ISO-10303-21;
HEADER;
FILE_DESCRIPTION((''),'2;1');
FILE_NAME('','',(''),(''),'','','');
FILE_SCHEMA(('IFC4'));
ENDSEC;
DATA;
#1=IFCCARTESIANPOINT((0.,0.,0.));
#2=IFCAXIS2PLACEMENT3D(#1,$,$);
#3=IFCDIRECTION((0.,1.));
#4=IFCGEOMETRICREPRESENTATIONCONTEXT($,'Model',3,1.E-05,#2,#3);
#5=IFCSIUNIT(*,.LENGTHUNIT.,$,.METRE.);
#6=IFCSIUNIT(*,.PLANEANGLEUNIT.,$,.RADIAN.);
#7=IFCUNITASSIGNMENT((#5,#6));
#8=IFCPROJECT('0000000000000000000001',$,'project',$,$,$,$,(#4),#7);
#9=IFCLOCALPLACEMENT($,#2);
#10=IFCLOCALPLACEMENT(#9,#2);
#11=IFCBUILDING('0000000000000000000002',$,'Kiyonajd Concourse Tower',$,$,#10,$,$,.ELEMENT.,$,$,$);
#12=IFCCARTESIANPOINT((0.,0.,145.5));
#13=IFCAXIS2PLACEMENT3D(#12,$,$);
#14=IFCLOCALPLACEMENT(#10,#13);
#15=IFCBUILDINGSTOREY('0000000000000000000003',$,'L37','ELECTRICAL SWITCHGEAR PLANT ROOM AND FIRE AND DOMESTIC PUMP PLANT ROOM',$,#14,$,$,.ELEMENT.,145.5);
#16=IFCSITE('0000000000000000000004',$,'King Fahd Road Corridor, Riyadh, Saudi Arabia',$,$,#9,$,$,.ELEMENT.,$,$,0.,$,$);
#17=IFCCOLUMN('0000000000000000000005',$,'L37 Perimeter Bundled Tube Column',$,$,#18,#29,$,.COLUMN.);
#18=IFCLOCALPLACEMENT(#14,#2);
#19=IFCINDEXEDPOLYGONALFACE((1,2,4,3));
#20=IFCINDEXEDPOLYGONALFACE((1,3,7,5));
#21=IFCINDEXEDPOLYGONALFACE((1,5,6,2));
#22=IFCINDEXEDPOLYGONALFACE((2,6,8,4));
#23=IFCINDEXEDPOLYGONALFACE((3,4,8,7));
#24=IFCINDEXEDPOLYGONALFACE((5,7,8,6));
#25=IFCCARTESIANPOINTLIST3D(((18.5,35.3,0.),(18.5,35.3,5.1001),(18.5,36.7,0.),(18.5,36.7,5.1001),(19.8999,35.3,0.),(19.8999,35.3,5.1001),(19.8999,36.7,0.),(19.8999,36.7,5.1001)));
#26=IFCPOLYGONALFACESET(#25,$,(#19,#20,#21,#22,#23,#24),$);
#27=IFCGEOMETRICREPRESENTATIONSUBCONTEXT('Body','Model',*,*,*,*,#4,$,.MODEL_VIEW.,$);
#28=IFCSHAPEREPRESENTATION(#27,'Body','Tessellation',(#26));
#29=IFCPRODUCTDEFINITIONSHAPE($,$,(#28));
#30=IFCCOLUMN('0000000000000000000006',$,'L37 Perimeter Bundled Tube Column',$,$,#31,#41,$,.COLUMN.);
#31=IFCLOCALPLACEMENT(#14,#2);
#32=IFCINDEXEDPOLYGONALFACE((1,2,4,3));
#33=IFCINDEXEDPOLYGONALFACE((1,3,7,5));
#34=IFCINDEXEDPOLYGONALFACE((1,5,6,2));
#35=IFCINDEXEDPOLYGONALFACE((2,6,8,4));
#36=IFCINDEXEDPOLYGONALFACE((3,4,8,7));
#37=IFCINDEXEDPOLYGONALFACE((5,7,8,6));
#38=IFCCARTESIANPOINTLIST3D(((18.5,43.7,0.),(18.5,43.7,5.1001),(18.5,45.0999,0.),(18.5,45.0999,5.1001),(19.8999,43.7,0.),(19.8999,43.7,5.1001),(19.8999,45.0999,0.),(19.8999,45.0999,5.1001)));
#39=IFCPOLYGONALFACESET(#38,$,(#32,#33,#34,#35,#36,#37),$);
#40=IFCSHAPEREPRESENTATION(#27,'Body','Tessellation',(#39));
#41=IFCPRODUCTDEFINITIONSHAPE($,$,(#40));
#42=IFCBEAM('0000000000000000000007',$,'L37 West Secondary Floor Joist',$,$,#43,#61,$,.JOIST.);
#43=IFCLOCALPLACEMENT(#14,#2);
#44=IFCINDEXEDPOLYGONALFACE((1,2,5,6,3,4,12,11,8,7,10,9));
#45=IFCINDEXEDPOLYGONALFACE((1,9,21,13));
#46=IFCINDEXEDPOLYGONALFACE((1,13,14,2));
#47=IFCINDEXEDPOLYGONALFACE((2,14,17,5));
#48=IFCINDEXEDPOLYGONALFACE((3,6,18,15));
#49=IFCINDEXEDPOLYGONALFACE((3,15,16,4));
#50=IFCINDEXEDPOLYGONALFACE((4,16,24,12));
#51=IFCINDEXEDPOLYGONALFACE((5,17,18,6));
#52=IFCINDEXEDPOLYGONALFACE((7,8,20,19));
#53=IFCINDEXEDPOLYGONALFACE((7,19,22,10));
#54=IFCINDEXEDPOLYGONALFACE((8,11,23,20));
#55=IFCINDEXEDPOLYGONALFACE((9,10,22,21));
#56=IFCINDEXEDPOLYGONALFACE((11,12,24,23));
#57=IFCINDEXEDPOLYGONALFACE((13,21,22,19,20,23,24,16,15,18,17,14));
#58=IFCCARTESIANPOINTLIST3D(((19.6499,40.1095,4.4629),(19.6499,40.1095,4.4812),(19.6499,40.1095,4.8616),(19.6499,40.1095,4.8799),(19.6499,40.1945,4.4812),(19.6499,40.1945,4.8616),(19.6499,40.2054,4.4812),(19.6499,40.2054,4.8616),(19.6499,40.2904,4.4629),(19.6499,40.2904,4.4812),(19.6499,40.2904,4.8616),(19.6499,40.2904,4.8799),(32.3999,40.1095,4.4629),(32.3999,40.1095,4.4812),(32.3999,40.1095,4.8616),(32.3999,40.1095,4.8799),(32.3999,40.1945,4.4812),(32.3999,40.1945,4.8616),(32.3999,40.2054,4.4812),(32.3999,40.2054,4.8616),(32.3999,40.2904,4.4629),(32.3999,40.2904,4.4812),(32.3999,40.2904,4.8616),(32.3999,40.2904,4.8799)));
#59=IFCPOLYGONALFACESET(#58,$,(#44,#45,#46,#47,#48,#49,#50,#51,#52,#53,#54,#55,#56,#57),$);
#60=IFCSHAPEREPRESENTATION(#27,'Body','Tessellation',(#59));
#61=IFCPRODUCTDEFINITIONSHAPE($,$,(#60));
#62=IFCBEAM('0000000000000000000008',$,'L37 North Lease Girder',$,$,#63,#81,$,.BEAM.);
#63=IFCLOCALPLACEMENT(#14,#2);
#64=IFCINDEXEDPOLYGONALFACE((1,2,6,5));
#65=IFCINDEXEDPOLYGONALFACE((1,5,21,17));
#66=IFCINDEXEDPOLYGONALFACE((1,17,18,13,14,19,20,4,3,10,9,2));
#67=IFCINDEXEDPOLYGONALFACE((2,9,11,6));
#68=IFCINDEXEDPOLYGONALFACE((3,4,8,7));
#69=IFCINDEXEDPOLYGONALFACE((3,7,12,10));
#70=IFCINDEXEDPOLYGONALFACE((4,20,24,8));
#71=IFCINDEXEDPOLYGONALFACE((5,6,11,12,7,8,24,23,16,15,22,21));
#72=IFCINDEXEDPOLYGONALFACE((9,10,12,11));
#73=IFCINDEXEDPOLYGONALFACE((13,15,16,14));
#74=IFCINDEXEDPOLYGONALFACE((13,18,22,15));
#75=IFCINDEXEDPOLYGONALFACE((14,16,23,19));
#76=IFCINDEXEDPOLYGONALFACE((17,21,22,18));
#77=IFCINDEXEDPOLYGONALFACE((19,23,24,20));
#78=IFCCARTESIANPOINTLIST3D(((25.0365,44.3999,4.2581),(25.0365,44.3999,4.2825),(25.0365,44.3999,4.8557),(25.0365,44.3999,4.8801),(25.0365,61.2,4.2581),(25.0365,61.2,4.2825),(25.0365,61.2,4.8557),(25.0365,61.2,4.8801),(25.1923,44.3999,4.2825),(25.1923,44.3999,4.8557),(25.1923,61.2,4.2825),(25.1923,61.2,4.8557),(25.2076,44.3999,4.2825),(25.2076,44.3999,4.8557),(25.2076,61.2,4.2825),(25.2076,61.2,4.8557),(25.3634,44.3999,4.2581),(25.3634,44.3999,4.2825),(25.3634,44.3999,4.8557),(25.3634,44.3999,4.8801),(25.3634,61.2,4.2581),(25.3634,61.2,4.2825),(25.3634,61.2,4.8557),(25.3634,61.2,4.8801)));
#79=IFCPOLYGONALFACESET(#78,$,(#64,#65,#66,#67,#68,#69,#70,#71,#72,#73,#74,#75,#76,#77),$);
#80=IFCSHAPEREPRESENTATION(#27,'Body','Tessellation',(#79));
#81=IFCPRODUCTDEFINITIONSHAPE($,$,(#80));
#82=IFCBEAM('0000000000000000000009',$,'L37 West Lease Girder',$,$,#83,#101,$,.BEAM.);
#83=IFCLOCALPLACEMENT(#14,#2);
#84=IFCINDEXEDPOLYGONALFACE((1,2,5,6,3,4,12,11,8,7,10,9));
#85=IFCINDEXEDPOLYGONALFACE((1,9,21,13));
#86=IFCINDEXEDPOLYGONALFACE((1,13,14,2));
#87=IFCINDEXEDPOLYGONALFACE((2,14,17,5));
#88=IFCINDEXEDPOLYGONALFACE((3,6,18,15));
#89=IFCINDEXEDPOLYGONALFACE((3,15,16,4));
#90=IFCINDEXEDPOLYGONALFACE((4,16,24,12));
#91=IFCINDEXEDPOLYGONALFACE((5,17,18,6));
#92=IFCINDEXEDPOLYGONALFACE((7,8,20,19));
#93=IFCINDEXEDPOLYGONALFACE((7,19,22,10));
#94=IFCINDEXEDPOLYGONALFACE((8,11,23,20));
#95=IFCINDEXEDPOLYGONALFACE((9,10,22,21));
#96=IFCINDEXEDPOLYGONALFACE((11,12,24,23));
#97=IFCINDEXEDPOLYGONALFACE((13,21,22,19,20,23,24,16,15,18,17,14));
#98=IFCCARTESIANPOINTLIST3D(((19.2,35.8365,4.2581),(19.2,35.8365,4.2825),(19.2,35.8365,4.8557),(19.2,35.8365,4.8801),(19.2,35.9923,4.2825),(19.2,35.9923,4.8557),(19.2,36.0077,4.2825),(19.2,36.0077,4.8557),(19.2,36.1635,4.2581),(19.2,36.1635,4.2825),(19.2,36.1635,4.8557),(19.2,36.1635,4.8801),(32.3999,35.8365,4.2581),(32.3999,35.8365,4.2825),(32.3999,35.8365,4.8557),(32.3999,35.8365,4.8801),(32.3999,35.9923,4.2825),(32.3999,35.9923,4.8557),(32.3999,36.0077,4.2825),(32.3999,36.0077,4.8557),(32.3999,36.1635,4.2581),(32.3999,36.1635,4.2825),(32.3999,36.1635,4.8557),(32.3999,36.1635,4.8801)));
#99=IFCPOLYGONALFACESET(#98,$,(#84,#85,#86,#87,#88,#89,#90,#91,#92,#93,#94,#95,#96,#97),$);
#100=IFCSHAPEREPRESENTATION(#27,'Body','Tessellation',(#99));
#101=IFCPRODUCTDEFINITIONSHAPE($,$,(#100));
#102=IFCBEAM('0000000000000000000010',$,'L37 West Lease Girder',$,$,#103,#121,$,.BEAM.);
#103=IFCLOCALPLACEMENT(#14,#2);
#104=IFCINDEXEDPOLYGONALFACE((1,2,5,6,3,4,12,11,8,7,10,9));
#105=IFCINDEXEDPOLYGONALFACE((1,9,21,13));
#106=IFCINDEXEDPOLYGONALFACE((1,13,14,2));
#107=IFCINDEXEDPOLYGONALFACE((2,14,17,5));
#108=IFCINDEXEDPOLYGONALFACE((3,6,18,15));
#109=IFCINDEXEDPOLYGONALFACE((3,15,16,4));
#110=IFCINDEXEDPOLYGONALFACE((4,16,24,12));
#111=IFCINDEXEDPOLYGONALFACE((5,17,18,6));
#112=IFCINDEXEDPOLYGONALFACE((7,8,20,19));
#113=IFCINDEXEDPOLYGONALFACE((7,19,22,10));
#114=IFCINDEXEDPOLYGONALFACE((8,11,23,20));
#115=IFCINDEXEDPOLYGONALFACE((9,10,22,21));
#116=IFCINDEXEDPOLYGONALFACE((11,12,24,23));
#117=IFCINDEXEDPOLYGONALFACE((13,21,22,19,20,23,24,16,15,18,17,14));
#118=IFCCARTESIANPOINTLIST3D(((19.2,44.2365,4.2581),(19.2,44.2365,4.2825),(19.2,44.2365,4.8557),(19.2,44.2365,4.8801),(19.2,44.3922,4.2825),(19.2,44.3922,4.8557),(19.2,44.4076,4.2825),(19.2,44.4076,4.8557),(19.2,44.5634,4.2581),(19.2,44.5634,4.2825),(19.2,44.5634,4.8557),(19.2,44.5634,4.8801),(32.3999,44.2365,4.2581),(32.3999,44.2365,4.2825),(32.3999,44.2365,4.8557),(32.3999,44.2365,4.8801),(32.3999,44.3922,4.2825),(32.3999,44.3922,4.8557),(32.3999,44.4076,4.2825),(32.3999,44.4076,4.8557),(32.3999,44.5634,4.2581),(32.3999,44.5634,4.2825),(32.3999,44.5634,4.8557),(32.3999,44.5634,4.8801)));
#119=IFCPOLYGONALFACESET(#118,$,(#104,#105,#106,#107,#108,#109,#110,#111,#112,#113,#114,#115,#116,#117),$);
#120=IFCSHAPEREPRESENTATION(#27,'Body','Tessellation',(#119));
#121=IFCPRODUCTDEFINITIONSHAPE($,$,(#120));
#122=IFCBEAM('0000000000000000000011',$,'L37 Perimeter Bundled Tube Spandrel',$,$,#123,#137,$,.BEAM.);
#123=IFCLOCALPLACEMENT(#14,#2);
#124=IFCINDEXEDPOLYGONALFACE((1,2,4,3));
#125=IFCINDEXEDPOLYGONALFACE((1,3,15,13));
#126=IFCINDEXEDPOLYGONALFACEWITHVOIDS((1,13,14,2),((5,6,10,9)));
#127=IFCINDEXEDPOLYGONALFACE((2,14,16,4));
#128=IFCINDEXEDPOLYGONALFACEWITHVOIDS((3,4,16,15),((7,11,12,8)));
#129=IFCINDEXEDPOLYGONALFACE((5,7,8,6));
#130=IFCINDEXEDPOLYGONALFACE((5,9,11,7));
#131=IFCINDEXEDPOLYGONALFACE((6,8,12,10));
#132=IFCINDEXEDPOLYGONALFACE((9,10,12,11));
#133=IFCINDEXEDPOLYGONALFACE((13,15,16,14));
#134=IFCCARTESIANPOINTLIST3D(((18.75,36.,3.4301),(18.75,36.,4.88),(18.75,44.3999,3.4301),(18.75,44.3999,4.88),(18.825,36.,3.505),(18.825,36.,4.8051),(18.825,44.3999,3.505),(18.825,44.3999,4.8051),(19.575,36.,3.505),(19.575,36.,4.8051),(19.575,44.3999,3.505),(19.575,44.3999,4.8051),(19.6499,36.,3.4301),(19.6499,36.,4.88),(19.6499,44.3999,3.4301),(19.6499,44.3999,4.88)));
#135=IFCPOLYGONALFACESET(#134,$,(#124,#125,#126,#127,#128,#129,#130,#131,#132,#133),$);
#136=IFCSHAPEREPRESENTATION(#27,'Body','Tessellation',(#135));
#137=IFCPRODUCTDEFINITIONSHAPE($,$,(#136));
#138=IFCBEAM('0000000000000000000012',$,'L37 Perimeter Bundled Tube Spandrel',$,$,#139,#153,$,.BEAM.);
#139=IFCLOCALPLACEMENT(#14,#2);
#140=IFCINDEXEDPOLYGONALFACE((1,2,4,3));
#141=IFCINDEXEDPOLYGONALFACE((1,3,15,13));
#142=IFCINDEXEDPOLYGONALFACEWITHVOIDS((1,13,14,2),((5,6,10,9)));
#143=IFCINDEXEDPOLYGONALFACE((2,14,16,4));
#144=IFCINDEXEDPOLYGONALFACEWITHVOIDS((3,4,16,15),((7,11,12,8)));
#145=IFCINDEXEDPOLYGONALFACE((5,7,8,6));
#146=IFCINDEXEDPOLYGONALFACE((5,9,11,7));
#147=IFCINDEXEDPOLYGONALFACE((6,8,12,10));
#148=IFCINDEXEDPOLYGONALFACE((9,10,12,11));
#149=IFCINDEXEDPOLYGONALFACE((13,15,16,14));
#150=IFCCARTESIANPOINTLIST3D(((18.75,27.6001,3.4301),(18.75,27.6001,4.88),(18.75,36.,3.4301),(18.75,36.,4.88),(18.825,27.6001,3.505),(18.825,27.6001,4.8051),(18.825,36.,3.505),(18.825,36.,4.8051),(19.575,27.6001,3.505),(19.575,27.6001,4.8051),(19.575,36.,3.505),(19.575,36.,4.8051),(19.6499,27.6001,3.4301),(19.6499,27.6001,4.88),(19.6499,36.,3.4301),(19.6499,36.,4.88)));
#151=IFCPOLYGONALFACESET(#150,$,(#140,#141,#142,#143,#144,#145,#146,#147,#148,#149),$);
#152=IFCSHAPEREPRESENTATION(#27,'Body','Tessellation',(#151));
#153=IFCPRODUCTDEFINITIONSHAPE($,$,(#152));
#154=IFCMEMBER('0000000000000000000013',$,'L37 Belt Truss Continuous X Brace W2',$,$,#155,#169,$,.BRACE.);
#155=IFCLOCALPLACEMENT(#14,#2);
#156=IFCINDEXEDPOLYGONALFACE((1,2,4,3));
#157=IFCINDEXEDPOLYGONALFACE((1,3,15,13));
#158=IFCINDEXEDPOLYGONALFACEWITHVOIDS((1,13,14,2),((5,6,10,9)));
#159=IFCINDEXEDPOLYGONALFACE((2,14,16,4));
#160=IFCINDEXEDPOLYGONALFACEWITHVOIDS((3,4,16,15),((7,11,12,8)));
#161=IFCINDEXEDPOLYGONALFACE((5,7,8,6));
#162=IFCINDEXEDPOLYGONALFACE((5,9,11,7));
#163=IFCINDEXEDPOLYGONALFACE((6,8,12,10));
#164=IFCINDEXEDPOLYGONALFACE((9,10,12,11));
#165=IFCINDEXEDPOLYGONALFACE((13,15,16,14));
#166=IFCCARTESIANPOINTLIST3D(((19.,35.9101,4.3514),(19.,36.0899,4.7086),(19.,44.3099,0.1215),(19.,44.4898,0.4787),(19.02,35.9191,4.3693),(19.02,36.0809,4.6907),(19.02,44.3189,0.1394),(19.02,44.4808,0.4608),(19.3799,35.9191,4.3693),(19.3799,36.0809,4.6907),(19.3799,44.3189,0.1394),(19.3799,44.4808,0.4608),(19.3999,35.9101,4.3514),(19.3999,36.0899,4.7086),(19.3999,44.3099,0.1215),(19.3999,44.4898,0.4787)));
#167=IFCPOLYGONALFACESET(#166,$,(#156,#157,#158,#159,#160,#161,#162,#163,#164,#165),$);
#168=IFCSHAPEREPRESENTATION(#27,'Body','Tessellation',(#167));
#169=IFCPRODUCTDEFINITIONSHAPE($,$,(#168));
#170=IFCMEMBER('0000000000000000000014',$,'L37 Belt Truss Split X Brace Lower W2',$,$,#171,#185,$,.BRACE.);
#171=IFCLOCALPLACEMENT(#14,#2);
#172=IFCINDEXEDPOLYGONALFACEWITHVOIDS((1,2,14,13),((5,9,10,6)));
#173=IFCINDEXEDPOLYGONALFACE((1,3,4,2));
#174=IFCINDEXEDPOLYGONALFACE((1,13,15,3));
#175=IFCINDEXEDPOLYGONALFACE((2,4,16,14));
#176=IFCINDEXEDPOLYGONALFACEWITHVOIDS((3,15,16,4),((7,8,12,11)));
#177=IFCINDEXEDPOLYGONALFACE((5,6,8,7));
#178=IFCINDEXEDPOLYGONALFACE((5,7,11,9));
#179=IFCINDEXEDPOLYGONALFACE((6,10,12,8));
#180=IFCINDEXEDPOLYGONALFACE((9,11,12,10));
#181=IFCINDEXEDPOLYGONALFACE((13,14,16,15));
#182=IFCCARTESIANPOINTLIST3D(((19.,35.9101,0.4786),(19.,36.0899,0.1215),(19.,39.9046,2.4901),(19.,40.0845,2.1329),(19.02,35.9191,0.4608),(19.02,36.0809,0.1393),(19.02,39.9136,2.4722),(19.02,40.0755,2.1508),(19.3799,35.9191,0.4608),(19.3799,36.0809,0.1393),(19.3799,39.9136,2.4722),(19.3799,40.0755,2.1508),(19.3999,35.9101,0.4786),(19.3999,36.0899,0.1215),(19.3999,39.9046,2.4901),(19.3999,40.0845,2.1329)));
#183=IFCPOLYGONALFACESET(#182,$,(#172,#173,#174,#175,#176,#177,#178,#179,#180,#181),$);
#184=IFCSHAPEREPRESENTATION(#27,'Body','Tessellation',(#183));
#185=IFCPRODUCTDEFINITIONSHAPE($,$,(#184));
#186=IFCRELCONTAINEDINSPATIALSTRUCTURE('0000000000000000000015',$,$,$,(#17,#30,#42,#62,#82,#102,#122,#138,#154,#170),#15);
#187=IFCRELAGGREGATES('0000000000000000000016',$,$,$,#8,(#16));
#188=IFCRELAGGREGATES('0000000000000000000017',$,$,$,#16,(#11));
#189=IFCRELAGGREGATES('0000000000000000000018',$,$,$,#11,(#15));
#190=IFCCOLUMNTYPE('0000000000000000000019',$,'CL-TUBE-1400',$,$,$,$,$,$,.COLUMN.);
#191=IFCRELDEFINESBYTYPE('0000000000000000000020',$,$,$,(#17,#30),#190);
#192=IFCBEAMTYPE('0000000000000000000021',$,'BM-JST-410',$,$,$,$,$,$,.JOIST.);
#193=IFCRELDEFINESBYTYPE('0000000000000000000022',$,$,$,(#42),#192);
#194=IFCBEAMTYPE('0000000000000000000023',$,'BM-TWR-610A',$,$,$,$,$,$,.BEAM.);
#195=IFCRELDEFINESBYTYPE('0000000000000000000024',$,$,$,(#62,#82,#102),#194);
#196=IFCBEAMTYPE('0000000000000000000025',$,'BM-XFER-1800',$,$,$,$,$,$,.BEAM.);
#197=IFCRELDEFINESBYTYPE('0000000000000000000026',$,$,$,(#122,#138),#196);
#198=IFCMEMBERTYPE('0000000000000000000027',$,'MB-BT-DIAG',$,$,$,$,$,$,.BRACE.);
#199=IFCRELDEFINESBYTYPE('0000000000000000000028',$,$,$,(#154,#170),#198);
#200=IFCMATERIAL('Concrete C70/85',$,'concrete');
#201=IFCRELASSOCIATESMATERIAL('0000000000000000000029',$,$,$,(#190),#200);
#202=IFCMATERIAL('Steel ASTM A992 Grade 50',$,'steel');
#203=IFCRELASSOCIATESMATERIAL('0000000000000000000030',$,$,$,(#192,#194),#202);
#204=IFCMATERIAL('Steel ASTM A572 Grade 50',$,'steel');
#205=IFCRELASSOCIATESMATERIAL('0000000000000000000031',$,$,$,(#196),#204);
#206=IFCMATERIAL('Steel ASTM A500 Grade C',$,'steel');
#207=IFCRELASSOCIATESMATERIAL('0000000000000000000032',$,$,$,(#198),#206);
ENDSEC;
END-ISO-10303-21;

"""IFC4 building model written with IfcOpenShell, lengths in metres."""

from ifc_helpers import new_model, si_unit, direction, frame, origin, origin_2d, place, context, subcontext, project, spatial, rectangle, hollow_rectangle, i_section, extrude, material, material_profile, profile_set, type_object, element, save


model = new_model("IFC4")

# Units and contexts
model_context = context("Model", 3, precision=1e-05, world=origin(), true_north=direction((0.0, 1.0)))
body_context = subcontext(model_context, "Body", "Model", "MODEL_VIEW")
ifc_project = project(units=[si_unit("LENGTHUNIT", "METRE"), si_unit("PLANEANGLEUNIT", "RADIAN")], contexts=[model_context])

# Site, building, storey
site_placement = place(None, origin())
site = spatial("IfcSite", under=ifc_project, at=site_placement, Name="King Fahd Road Corridor, Riyadh, Saudi Arabia", CompositionType="ELEMENT", RefElevation=0.0)
building_placement = place(site_placement, origin())
building = spatial("IfcBuilding", under=site, at=building_placement, Name="Kiyonajd Concourse Tower", CompositionType="ELEMENT")
storey_placement = place(building_placement, frame((0.0, 0.0, 145.5)))
storey = spatial("IfcBuildingStorey", under=building, at=storey_placement, Name="L37", Description="ELECTRICAL SWITCHGEAR PLANT ROOM AND FIRE AND DOMESTIC PUMP PLANT ROOM", CompositionType="ELEMENT", Elevation=145.5)

# Columns
ifc_material_1 = material(Name="Concrete C70/85", Category="concrete")
ifc_material_profile_1 = material_profile(ifc_material_1, rectangle(XDim=1.3999, YDim=1.3999, at=origin_2d()), Name="RC-1400x1400")
ifc_profile_set_1 = profile_set([ifc_material_profile_1], Name="Concrete C70/85")
column_type = type_object("IfcColumnType", Name="CL-TUBE-1400", PredefinedType="COLUMN", material=ifc_profile_set_1)
for number, where, z_axis, x_axis, name in (
    (1, (19.2, 36.0, 0.0), (0.0, 0.0, 1.0), (1.0, 0.0, 0.0), "L37 Perimeter Bundled Tube Column"),
    (2, (19.2, 44.3999, 0.0), (0.0, 0.0, 1.0), (1.0, 0.0, 0.0), "L37 Perimeter Bundled Tube Column"),
):
    element("IfcColumn", number, at=place(storey_placement, frame(where, z_axis=z_axis, x_axis=x_axis)), inside=storey, type_object=column_type, Name=name, PredefinedType="COLUMN", context=body_context, shape_type="SweptSolid", body=[
        extrude(rectangle(XDim=1.3999, YDim=1.3999, at=origin_2d()), origin(), (0.0, 0.0, 1.0), 5.1001),
    ])

# Beams
ifc_material_2 = material(Name="Steel ASTM A992 Grade 50", Category="steel")
ifc_material_profile_2 = material_profile(ifc_material_2, i_section(OverallWidth=0.1809, OverallDepth=0.417, WebThickness=0.011, FlangeThickness=0.0183, at=origin_2d()), Name="W410X85")
ifc_profile_set_2 = profile_set([ifc_material_profile_2], Name="Steel ASTM A992 Grade 50")
beam_type_1 = type_object("IfcBeamType", Name="BM-JST-410", PredefinedType="JOIST", material=ifc_profile_set_2)
beam_1_placement = place(storey_placement, frame((19.6499, 40.2, 4.6714), z_axis=(1.0, 0.0, 0.0), x_axis=(0.0, 1.0, 0.0)))
element("IfcBeam", 3, at=beam_1_placement, inside=storey, type_object=beam_type_1, Name="L37 West Secondary Floor Joist", PredefinedType="JOIST", context=body_context, shape_type="SweptSolid", body=[
    extrude(i_section(OverallWidth=0.1809, OverallDepth=0.417, WebThickness=0.011, FlangeThickness=0.0183, at=origin_2d()), origin(), (0.0, 0.0, 1.0), 12.75),
])
ifc_material_profile_3 = material_profile(ifc_material_2, i_section(OverallWidth=0.3269, OverallDepth=0.6221, WebThickness=0.0154, FlangeThickness=0.0244, at=origin_2d()), Name="W610X195")
ifc_profile_set_3 = profile_set([ifc_material_profile_3], Name="Steel ASTM A992 Grade 50")
beam_type_2 = type_object("IfcBeamType", Name="BM-TWR-610A", PredefinedType="BEAM", material=ifc_profile_set_3)
beam_2_placement = place(storey_placement, frame((25.2, 44.3999, 4.5691), z_axis=(0.0, 1.0, 0.0), x_axis=(-1.0, 0.0, 0.0)))
element("IfcBeam", 4, at=beam_2_placement, inside=storey, type_object=beam_type_2, Name="L37 North Lease Girder", PredefinedType="BEAM", context=body_context, shape_type="SweptSolid", body=[
    extrude(i_section(OverallWidth=0.3269, OverallDepth=0.6221, WebThickness=0.0154, FlangeThickness=0.0244, at=origin_2d()), origin(), (0.0, 0.0, 1.0), 16.8),
])
for number, where, z_axis, x_axis, name in (
    (5, (19.2, 36.0, 4.5691), (1.0, 0.0, 0.0), (0.0, 1.0, 0.0), "L37 West Lease Girder"),
    (6, (19.2, 44.3999, 4.5691), (1.0, 0.0, 0.0), (0.0, 1.0, 0.0), "L37 West Lease Girder"),
):
    element("IfcBeam", number, at=place(storey_placement, frame(where, z_axis=z_axis, x_axis=x_axis)), inside=storey, type_object=beam_type_2, Name=name, PredefinedType="BEAM", context=body_context, shape_type="SweptSolid", body=[
        extrude(i_section(OverallWidth=0.3269, OverallDepth=0.6221, WebThickness=0.0154, FlangeThickness=0.0244, at=origin_2d()), origin(), (0.0, 0.0, 1.0), 13.2),
    ])
ifc_material_3 = material(Name="Steel ASTM A572 Grade 50", Category="steel")
ifc_material_profile_4 = material_profile(ifc_material_3, hollow_rectangle(XDim=0.8999, YDim=1.45, WallThickness=0.075, at=origin_2d()), Name="BOX-1450x900x75")
ifc_profile_set_4 = profile_set([ifc_material_profile_4], Name="Steel ASTM A572 Grade 50")
beam_type_3 = type_object("IfcBeamType", Name="BM-XFER-1800", PredefinedType="BEAM", material=ifc_profile_set_4)
for number, where, z_axis, x_axis, name in (
    (7, (19.2, 44.3999, 4.155), (0.0, -1.0, 0.0), (1.0, 0.0, 0.0), "L37 Perimeter Bundled Tube Spandrel"),
    (8, (19.2, 36.0, 4.155), (0.0, -1.0, 0.0), (1.0, 0.0, 0.0), "L37 Perimeter Bundled Tube Spandrel"),
):
    element("IfcBeam", number, at=place(storey_placement, frame(where, z_axis=z_axis, x_axis=x_axis)), inside=storey, type_object=beam_type_3, Name=name, PredefinedType="BEAM", context=body_context, shape_type="SweptSolid", body=[
        extrude(hollow_rectangle(XDim=0.8999, YDim=1.45, WallThickness=0.075, at=origin_2d()), origin(), (0.0, 0.0, 1.0), 8.3999),
    ])

# Members
ifc_material_4 = material(Name="Steel ASTM A500 Grade C", Category="steel")
ifc_material_profile_5 = material_profile(ifc_material_4, hollow_rectangle(XDim=0.3999, YDim=0.3999, WallThickness=0.02, at=origin_2d()), Name="HSS-400x400x20")
ifc_profile_set_5 = profile_set([ifc_material_profile_5], Name="Steel ASTM A500 Grade C")
member_type = type_object("IfcMemberType", Name="MB-BT-DIAG", PredefinedType="BRACE", material=ifc_profile_set_5)
member_placement = place(storey_placement, frame((19.2, 36.0, 4.53), z_axis=(0.0, 0.893146, -0.449766), x_axis=(-1.0, 0.0, 0.0)))
element("IfcMember", 9, at=member_placement, inside=storey, type_object=member_type, Name="L37 Belt Truss Continuous X Brace W2", PredefinedType="BRACE", context=body_context, shape_type="SweptSolid", body=[
    extrude(hollow_rectangle(XDim=0.3999, YDim=0.3999, WallThickness=0.02, at=origin_2d()), origin(), (0.0, 0.0, 1.0), 9.4048),
])
for number, where, z_axis, x_axis, name in (
    (10, (19.2, 36.0, 0.3), (0.0, 0.893157, 0.449745), (-1.0, 0.0, 0.0), "L37 Belt Truss Split X Brace Lower W2"),
):
    element("IfcMember", number, at=place(storey_placement, frame(where, z_axis=z_axis, x_axis=x_axis)), inside=storey, type_object=member_type, Name=name, PredefinedType="BRACE", context=body_context, shape_type="SweptSolid", body=[
        extrude(hollow_rectangle(XDim=0.3999, YDim=0.3999, WallThickness=0.02, at=origin_2d()), origin(), (0.0, 0.0, 1.0), 4.4724),
    ])

save(model, "model.ifc")
